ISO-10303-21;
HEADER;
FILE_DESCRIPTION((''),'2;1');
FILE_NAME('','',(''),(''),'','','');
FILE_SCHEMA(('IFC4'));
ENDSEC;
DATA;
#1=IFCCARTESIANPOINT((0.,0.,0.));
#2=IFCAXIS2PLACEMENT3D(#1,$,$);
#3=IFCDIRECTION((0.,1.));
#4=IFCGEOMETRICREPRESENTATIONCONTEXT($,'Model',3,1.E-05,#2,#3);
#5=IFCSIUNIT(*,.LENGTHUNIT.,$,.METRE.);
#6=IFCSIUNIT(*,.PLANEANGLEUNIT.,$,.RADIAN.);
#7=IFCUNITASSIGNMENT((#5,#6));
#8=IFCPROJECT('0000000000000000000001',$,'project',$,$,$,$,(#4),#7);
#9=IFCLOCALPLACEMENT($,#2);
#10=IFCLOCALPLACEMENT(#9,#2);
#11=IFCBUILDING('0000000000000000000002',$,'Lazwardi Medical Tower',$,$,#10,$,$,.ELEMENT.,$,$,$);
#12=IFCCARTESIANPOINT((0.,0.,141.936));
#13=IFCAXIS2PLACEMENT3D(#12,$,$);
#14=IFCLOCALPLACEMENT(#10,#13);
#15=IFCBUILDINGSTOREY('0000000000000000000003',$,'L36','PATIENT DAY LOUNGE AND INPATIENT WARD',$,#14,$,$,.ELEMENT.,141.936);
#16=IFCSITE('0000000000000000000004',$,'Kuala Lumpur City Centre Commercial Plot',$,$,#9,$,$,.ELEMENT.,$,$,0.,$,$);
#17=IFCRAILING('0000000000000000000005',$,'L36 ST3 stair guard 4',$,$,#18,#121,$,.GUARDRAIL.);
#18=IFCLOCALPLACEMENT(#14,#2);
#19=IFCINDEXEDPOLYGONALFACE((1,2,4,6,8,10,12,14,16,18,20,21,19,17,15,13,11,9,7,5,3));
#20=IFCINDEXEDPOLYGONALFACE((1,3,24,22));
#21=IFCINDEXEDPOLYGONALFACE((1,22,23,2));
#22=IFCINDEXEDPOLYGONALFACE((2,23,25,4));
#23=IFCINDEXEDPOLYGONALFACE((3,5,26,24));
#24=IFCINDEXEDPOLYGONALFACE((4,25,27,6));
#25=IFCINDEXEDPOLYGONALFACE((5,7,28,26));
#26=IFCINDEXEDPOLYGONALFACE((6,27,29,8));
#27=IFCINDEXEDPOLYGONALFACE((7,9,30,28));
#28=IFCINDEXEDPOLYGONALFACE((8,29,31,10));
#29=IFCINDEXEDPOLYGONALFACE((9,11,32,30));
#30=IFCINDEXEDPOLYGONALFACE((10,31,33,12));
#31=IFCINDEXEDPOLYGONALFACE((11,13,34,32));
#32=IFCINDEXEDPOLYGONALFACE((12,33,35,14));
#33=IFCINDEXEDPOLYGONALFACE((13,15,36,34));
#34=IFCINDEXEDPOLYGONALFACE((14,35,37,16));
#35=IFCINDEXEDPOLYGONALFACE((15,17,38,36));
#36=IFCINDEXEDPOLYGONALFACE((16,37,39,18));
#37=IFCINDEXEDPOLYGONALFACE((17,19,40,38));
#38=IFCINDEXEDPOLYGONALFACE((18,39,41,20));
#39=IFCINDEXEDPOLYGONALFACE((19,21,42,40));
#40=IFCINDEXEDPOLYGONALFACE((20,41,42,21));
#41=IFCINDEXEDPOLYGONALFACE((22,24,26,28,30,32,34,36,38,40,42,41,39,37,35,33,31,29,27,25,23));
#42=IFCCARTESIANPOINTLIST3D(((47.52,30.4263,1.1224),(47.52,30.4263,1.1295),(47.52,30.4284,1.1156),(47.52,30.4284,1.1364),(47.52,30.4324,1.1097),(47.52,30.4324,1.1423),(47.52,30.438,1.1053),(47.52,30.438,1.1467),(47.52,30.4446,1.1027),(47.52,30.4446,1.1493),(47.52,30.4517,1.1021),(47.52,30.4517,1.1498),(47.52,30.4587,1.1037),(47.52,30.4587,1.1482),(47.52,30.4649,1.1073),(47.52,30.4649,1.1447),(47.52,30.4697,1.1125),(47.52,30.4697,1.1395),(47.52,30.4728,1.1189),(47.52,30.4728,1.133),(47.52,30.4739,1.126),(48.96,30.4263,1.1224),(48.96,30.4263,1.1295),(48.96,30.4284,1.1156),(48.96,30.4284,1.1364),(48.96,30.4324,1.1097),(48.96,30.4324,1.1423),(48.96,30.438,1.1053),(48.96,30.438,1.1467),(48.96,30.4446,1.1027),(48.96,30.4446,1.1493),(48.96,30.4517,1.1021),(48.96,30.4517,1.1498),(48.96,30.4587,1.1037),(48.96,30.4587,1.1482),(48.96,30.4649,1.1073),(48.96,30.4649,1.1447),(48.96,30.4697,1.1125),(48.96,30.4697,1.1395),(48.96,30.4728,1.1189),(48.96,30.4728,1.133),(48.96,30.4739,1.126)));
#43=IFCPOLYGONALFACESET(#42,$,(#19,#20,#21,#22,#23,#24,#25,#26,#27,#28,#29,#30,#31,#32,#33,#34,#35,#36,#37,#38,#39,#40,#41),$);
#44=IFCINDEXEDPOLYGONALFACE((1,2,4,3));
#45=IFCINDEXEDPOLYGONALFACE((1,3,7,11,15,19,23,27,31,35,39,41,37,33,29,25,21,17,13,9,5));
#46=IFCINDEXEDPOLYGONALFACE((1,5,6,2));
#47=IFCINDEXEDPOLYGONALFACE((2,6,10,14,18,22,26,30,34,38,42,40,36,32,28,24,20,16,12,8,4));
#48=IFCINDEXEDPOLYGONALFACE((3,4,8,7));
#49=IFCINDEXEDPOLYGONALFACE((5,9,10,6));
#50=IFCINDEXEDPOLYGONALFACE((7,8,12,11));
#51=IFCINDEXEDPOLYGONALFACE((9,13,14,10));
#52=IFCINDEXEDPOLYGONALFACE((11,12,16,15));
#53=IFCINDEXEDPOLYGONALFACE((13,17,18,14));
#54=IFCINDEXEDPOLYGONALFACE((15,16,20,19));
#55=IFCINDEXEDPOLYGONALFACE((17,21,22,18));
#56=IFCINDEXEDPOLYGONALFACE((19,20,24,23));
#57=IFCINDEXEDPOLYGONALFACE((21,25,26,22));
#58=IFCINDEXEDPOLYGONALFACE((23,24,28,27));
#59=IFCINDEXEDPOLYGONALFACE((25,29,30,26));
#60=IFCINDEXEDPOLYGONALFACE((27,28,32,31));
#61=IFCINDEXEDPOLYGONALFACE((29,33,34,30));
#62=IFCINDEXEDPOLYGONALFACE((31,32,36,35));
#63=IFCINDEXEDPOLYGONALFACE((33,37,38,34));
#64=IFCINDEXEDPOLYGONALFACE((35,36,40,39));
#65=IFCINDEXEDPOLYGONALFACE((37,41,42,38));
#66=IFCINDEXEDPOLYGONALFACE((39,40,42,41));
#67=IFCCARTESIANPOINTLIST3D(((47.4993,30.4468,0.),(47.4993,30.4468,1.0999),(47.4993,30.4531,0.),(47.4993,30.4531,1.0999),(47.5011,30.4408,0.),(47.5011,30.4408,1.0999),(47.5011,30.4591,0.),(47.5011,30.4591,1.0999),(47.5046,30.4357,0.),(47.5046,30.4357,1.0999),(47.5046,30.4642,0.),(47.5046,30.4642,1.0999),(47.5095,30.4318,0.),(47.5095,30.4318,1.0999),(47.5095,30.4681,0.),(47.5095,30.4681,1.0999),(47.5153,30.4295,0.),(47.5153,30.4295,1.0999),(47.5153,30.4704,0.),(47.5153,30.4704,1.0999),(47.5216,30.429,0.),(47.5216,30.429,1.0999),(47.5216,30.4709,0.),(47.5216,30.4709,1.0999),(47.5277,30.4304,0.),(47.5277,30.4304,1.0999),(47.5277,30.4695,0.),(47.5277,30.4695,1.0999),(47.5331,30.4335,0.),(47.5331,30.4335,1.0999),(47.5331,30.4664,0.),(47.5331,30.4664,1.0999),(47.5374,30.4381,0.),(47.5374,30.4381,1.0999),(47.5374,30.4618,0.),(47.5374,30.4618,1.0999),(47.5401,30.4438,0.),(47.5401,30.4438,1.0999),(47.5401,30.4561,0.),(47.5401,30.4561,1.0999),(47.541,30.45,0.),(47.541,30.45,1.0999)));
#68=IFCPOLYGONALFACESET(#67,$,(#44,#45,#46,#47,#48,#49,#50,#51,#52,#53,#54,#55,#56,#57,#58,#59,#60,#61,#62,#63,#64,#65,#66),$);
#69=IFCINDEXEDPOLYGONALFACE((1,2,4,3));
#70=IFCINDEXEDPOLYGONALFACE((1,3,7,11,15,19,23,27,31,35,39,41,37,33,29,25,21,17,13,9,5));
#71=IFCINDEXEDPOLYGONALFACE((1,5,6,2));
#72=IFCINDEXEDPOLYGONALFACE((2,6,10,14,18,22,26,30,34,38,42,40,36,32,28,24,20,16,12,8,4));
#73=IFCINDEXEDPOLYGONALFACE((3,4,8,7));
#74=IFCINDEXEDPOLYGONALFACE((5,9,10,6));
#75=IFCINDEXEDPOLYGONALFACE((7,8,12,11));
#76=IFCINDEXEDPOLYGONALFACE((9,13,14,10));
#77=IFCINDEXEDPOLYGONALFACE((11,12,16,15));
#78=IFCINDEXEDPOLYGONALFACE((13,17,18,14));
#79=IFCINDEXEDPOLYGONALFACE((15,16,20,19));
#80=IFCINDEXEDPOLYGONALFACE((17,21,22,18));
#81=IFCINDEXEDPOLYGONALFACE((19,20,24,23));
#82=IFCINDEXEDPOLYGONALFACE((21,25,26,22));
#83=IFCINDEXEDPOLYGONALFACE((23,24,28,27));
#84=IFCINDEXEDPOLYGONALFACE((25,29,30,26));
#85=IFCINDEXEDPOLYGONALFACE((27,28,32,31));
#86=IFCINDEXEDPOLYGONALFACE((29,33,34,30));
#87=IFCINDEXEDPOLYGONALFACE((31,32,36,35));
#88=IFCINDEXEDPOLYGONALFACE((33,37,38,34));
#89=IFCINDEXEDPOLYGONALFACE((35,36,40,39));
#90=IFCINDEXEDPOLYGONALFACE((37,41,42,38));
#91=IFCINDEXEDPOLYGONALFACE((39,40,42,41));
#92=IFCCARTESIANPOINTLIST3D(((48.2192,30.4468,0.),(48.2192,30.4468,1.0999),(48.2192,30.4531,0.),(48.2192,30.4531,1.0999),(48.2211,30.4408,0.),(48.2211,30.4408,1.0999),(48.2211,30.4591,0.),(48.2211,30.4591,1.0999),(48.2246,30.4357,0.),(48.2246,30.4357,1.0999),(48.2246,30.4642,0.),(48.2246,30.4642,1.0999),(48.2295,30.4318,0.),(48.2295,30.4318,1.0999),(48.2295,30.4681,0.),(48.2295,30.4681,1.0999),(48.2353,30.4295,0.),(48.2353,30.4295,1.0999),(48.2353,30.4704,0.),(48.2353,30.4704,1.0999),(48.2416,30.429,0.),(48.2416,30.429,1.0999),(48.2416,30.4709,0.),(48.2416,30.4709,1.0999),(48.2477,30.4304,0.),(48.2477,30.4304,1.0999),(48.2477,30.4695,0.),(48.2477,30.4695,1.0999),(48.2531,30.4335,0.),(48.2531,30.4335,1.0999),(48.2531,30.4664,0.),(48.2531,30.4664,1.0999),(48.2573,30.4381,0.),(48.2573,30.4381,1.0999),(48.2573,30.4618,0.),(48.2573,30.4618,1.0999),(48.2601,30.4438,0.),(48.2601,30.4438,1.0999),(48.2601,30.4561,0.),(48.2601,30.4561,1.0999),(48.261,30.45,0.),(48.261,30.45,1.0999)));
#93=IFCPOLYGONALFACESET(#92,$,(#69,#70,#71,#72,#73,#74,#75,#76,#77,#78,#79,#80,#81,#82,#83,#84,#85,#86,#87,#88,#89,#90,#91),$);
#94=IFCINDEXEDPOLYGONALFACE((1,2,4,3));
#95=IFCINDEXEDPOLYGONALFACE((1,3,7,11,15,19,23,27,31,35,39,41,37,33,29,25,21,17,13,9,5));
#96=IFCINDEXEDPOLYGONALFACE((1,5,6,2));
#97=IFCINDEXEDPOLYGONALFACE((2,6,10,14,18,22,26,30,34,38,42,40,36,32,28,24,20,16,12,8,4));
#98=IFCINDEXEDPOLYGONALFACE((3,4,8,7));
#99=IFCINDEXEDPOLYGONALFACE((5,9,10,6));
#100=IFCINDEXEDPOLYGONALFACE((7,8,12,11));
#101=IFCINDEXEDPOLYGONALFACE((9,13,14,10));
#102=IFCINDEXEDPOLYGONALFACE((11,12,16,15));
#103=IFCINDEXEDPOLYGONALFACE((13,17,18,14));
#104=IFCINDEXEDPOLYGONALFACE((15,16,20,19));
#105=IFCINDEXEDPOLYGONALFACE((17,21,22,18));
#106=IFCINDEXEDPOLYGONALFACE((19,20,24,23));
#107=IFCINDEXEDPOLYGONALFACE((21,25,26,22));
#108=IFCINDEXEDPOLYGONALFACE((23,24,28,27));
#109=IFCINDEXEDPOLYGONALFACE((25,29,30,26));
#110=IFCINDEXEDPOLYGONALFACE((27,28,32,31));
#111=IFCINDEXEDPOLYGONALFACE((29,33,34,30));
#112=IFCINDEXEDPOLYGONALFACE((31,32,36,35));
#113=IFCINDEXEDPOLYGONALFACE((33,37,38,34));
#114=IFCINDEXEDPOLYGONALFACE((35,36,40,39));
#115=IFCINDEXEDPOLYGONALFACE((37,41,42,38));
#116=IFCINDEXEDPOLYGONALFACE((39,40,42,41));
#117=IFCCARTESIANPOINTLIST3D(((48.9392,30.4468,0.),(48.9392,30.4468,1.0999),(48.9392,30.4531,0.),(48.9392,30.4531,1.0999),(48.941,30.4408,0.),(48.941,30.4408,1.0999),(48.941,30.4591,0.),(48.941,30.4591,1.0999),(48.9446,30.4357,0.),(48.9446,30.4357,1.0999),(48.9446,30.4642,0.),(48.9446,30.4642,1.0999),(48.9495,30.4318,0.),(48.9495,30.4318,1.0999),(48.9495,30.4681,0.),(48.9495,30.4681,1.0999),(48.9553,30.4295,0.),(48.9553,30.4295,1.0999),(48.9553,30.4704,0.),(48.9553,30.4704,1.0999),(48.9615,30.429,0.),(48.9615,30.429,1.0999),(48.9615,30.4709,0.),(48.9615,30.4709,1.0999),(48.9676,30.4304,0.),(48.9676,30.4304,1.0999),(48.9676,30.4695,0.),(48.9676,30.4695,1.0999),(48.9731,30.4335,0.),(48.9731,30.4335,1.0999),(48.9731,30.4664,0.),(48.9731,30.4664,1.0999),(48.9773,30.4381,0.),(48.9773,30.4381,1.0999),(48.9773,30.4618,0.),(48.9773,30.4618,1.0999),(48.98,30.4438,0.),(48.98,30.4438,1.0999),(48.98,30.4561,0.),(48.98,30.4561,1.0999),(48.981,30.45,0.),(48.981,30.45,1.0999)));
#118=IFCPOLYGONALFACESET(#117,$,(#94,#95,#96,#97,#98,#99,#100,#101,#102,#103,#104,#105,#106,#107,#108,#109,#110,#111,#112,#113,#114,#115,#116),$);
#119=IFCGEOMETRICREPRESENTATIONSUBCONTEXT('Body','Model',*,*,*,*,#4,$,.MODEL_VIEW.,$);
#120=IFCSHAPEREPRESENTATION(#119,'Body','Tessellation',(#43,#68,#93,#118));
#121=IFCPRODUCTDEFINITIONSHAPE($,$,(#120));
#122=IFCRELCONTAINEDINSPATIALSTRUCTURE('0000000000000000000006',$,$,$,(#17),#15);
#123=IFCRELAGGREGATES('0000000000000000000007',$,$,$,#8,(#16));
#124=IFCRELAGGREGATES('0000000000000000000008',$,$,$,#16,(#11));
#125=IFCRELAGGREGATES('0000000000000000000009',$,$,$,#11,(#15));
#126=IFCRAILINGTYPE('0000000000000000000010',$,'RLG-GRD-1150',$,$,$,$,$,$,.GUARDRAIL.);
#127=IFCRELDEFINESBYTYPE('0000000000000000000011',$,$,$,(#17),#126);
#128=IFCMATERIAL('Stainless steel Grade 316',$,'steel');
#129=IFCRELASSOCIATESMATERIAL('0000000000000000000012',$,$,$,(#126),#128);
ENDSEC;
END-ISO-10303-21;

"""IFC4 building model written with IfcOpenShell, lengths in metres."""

from ifc_helpers import new_model, si_unit, direction, frame, origin, origin_2d, place, context, subcontext, project, spatial, circle, extrude, material, type_object, element, save


model = new_model("IFC4")

# Units and contexts
model_context = context("Model", 3, precision=1e-05, world=origin(), true_north=direction((0.0, 1.0)))
body_context = subcontext(model_context, "Body", "Model", "MODEL_VIEW")
ifc_project = project(units=[si_unit("LENGTHUNIT", "METRE"), si_unit("PLANEANGLEUNIT", "RADIAN")], contexts=[model_context])

# Site, building, storey
site_placement = place(None, origin())
site = spatial("IfcSite", under=ifc_project, at=site_placement, Name="Kuala Lumpur City Centre Commercial Plot", CompositionType="ELEMENT", RefElevation=0.0)
building_placement = place(site_placement, origin())
building = spatial("IfcBuilding", under=site, at=building_placement, Name="Lazwardi Medical Tower", CompositionType="ELEMENT")
storey_placement = place(building_placement, frame((0.0, 0.0, 141.936)))
storey = spatial("IfcBuildingStorey", under=building, at=storey_placement, Name="L36", Description="PATIENT DAY LOUNGE AND INPATIENT WARD", CompositionType="ELEMENT", Elevation=141.936)

# Railing
ifc_material_1 = material(Name="Stainless steel Grade 316", Category="steel")
railing_type = type_object("IfcRailingType", Name="RLG-GRD-1150", PredefinedType="GUARDRAIL", material=ifc_material_1)
railing_1_placement = place(storey_placement, frame((47.52, 30.45, 0.0)))
element("IfcRailing", 1, at=railing_1_placement, inside=storey, type_object=railing_type, Name="L36 ST3 stair guard 4", PredefinedType="GUARDRAIL", context=body_context, shape_type="SweptSolid", body=[
    extrude(circle(Radius=0.0239, at=origin_2d()), frame((0.0, 0.0, 1.126), z_axis=(1.0, 0.0, 0.0), x_axis=(0.0, 1.0, 0.0)), (0.0, 0.0, 1.0), 1.4399),
    extrude(circle(Radius=0.021, at=origin_2d()), origin(), (0.0, 0.0, 1.0), 1.0999),
    extrude(circle(Radius=0.021, at=origin_2d()), frame((0.72, 0.0, 0.0)), (0.0, 0.0, 1.0), 1.0999),
    extrude(circle(Radius=0.021, at=origin_2d()), frame((1.4399, 0.0, 0.0)), (0.0, 0.0, 1.0), 1.0999),
])

save(model, "model.ifc")
